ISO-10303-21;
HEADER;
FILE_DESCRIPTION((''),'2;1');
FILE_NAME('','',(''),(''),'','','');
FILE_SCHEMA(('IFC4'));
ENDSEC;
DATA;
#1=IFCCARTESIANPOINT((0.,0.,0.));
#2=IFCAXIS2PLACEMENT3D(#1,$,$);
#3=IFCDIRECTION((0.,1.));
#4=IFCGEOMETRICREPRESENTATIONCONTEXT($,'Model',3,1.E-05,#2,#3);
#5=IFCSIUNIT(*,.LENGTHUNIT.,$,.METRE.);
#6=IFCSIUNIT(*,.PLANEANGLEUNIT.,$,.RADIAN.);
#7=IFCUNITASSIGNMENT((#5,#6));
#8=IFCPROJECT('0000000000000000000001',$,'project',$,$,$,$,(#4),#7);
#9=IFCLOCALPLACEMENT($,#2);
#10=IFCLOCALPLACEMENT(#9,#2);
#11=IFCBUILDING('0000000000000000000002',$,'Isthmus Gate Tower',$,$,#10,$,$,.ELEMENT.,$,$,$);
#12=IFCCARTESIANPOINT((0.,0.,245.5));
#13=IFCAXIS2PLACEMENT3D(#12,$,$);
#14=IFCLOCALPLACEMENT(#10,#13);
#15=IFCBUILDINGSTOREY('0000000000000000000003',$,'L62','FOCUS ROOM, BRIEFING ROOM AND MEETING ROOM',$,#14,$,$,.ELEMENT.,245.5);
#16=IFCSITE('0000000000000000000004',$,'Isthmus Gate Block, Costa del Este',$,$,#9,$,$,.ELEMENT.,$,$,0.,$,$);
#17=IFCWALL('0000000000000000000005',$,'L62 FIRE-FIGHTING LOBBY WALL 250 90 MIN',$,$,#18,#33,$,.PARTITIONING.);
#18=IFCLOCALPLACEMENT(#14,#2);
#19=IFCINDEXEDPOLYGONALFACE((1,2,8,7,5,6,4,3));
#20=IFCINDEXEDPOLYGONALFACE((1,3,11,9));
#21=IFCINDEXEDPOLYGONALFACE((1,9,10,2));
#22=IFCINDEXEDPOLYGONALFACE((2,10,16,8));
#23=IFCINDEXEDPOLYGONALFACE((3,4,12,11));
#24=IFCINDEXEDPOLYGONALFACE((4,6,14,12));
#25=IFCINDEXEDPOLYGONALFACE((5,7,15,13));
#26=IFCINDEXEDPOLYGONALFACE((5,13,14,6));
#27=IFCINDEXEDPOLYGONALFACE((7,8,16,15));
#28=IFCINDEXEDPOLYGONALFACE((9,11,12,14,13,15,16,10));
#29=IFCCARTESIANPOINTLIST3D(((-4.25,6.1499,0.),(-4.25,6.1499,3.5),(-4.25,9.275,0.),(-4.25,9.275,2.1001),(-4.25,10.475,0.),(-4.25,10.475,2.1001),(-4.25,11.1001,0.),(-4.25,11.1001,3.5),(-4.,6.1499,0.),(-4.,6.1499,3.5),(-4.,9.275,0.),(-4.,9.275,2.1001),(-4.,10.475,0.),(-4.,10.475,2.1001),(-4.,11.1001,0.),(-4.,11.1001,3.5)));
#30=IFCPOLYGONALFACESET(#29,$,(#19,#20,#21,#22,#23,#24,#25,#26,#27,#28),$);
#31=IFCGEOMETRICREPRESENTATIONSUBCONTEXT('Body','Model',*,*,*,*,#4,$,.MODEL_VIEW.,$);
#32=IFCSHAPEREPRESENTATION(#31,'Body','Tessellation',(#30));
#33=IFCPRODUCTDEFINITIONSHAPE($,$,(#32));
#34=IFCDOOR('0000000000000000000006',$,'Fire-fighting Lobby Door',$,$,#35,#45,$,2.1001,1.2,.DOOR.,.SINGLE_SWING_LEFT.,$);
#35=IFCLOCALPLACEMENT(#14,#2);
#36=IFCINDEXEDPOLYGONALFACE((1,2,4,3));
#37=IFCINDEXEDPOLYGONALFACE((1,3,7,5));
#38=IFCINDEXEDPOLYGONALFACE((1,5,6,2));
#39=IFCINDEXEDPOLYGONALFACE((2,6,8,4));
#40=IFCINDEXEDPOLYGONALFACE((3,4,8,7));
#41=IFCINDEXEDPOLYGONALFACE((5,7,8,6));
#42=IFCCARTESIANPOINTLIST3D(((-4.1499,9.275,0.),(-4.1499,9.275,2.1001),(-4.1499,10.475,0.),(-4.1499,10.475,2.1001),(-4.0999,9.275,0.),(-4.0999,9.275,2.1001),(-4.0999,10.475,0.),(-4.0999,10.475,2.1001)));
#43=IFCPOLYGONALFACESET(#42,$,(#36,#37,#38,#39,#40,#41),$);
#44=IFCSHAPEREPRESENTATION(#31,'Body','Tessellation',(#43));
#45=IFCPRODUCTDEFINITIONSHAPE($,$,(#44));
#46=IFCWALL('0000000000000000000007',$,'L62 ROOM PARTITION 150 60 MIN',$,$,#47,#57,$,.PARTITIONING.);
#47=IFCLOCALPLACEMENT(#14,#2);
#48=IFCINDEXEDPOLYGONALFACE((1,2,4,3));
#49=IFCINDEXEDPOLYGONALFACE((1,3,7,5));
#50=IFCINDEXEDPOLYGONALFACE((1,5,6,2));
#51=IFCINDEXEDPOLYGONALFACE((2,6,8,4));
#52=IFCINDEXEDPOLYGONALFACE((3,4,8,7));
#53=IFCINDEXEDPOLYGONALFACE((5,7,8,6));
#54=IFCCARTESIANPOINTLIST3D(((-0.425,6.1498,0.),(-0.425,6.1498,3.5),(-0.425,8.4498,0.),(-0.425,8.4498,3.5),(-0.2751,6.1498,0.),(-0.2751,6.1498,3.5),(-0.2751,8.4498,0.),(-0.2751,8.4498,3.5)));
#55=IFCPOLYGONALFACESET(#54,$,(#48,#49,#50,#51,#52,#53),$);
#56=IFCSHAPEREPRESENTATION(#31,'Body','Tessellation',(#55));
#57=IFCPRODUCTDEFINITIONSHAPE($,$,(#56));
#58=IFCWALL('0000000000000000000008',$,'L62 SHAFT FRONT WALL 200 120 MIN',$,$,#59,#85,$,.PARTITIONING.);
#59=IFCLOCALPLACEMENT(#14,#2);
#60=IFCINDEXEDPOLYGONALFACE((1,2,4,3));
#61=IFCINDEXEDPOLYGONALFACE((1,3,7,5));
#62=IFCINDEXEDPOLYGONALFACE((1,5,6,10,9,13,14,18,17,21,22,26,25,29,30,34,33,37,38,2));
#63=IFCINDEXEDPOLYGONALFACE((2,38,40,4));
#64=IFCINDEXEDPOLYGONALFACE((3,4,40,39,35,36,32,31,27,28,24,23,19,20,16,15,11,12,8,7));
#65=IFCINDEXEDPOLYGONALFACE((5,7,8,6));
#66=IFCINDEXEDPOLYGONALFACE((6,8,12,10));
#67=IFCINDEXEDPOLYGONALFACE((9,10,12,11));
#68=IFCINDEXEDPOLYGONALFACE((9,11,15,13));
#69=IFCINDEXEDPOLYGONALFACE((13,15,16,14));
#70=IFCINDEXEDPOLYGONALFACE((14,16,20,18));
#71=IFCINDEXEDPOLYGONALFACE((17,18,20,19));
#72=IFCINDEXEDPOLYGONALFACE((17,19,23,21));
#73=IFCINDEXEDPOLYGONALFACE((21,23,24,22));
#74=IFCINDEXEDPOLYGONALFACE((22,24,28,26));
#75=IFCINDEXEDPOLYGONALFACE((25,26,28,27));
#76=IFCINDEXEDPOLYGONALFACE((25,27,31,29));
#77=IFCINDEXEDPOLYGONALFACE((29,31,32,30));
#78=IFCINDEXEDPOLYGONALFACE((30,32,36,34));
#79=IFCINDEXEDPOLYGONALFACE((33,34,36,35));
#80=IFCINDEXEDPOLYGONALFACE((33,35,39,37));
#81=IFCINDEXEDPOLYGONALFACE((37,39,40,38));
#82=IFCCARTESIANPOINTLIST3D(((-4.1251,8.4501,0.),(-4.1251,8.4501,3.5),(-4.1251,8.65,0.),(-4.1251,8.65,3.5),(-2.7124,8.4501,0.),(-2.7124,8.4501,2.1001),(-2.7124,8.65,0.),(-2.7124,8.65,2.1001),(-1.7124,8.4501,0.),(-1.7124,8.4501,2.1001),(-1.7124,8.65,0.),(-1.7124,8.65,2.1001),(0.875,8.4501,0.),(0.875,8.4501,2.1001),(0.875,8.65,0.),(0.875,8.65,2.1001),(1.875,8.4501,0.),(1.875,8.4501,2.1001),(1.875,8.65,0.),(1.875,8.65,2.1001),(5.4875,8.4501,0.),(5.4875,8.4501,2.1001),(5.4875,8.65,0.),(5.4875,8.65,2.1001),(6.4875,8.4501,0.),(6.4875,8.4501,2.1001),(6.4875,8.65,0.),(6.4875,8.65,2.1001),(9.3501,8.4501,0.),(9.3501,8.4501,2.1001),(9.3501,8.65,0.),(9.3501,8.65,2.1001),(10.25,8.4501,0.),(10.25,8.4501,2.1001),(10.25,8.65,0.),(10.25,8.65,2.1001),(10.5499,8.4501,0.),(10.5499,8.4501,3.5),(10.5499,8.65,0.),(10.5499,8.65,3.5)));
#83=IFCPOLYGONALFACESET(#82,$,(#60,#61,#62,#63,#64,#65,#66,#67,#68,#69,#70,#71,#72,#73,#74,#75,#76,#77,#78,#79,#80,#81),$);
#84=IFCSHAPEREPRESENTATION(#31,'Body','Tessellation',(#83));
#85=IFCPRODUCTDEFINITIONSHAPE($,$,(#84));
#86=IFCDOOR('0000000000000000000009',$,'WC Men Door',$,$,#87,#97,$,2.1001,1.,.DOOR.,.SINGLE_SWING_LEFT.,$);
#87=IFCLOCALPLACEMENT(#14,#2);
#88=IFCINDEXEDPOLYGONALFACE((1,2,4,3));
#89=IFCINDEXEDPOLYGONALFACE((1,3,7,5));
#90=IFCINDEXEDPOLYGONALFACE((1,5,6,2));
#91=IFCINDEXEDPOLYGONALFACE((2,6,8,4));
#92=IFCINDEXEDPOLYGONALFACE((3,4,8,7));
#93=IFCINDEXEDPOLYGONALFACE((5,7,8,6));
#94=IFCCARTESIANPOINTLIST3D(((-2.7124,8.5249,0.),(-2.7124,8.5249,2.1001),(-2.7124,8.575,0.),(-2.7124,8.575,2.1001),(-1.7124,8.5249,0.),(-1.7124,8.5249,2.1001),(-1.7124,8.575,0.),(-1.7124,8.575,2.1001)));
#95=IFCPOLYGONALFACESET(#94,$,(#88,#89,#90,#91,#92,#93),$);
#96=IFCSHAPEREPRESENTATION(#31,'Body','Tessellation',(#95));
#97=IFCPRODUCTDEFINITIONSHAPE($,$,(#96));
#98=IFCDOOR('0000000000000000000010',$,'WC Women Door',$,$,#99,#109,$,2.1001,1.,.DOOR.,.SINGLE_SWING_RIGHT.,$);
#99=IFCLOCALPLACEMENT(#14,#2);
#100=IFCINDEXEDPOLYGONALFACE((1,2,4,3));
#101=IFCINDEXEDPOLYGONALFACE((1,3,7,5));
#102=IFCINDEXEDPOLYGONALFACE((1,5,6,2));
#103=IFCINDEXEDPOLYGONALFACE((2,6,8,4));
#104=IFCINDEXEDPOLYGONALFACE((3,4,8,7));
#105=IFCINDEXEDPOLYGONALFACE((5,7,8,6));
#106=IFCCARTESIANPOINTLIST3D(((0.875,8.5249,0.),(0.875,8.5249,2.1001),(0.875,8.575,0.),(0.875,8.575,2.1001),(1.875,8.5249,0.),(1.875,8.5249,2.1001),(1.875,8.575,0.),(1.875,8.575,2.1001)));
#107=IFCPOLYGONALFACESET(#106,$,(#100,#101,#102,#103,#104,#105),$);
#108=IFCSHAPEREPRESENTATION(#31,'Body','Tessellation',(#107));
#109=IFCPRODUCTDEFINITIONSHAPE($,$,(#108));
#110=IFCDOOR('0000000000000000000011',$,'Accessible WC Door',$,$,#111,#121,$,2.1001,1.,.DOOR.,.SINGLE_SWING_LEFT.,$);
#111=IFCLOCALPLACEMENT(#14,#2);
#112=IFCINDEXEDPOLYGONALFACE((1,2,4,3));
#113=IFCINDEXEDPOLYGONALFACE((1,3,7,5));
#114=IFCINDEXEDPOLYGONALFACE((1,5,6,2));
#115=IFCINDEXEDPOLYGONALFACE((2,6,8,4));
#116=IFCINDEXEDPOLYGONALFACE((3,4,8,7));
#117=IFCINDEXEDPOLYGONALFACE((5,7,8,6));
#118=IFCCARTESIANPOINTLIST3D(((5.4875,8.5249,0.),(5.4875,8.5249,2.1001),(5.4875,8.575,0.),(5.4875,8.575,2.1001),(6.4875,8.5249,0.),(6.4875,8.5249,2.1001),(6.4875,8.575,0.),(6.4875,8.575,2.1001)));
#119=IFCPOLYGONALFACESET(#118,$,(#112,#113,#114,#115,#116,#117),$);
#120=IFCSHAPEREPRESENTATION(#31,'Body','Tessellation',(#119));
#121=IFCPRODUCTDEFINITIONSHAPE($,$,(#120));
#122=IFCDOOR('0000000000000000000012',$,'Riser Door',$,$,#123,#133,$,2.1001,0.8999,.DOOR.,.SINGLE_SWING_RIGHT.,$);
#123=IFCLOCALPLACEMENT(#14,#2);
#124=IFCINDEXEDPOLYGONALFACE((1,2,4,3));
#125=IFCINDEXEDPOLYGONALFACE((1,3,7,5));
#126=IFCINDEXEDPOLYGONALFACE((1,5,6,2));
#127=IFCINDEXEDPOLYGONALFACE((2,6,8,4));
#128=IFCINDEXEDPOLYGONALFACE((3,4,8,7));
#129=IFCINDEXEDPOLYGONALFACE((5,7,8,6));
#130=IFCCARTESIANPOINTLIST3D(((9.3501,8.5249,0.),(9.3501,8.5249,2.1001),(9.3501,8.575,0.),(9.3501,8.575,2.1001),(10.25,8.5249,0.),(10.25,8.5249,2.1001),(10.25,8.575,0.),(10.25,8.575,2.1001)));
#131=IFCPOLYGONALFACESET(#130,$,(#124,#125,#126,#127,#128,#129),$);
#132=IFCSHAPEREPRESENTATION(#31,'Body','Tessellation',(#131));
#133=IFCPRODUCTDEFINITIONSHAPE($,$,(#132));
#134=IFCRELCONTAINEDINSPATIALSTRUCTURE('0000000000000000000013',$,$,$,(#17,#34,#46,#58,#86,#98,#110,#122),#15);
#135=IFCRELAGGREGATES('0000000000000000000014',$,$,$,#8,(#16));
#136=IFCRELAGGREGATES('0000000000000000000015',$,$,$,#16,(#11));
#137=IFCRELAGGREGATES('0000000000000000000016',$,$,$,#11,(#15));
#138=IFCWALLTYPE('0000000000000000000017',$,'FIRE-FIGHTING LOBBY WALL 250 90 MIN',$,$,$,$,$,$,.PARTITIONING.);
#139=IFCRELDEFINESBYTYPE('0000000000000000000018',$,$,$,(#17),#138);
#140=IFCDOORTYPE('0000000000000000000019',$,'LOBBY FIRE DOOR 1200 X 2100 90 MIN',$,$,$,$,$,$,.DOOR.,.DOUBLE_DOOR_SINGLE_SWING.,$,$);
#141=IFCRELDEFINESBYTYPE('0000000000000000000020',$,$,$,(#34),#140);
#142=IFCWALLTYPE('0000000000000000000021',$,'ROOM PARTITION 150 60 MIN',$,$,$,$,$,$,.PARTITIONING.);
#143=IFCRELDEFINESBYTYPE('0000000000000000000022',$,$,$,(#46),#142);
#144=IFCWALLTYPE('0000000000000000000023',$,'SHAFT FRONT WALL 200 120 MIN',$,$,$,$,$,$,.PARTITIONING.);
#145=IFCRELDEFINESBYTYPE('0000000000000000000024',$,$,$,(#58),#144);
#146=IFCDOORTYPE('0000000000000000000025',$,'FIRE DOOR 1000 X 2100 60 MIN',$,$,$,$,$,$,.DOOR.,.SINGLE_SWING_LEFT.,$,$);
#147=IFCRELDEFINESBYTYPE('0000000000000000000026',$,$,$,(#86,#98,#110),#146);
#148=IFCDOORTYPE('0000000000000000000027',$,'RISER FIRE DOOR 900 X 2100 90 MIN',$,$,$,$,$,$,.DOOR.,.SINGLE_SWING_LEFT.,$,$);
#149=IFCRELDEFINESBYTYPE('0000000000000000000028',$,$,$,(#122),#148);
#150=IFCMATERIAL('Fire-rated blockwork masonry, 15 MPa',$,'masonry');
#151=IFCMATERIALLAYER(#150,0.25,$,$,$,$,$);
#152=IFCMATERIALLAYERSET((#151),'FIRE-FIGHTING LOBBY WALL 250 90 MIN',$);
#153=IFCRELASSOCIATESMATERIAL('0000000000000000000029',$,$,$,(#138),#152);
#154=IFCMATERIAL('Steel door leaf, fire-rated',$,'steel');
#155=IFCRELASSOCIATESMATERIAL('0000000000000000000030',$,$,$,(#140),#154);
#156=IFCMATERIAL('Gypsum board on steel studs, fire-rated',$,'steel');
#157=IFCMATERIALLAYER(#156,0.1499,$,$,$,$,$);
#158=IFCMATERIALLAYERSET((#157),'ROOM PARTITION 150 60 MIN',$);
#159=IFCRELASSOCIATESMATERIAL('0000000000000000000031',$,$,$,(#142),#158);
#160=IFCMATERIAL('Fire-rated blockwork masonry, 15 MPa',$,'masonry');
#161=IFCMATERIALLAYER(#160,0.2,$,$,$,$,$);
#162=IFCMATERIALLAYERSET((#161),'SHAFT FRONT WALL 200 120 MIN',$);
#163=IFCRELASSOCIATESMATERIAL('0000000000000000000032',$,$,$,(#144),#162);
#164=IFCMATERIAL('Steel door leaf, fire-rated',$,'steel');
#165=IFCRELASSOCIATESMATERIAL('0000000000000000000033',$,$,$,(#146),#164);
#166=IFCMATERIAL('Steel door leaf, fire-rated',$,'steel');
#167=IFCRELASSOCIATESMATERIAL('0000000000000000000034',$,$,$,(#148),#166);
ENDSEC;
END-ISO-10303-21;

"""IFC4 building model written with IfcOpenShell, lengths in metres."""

from ifc_helpers import new_model, si_unit, direction, frame, frame_2d, origin, place, context, subcontext, project, spatial, rectangle, extrude, material, layer, layer_set, type_object, element, fill, save


model = new_model("IFC4")

# Units and contexts
model_context = context("Model", 3, precision=1e-05, world=origin(), true_north=direction((0.0, 1.0)))
body_context = subcontext(model_context, "Body", "Model", "MODEL_VIEW")
ifc_project = project(units=[si_unit("LENGTHUNIT", "METRE"), si_unit("PLANEANGLEUNIT", "RADIAN")], contexts=[model_context])

# Site, building, storey
site_placement = place(None, origin())
site = spatial("IfcSite", under=ifc_project, at=site_placement, Name="Isthmus Gate Block, Costa del Este", CompositionType="ELEMENT", RefElevation=0.0)
building_placement = place(site_placement, origin())
building = spatial("IfcBuilding", under=site, at=building_placement, Name="Isthmus Gate Tower", CompositionType="ELEMENT")
storey_placement = place(building_placement, frame((0.0, 0.0, 245.5)))
storey = spatial("IfcBuildingStorey", under=building, at=storey_placement, Name="L62", Description="FOCUS ROOM, BRIEFING ROOM AND MEETING ROOM", CompositionType="ELEMENT", Elevation=245.5)

# Wall, opening, door
ifc_material_1 = material(Name="Fire-rated blockwork masonry, 15 MPa", Category="masonry")
ifc_layer_1 = layer(ifc_material_1, 0.25)
ifc_layer_set_1 = layer_set([ifc_layer_1], Name="FIRE-FIGHTING LOBBY WALL 250 90 MIN")
wall_type_1 = type_object("IfcWallType", Name="FIRE-FIGHTING LOBBY WALL 250 90 MIN", PredefinedType="PARTITIONING", material=ifc_layer_set_1)
wall_1_placement = place(storey_placement, frame((-4.125, 6.1499, 0.0), z_axis=(0.0, 0.0, 1.0), x_axis=(0.0, 1.0, 0.0)))
wall_1 = element("IfcWall", 1, at=wall_1_placement, inside=storey, type_object=wall_type_1, Name="L62 FIRE-FIGHTING LOBBY WALL 250 90 MIN", PredefinedType="PARTITIONING", context=body_context, shape_type="SweptSolid", body=[
    extrude(rectangle(XDim=4.9502, YDim=0.25, at=frame_2d((2.4751, 0.0))), origin(), (0.0, 0.0, 1.0), 3.5),
])
opening_1_placement = place(wall_1_placement, frame((3.125, 0.0, 0.0)))
opening_1 = element("IfcOpeningElement", 2, at=opening_1_placement, cuts=wall_1, PredefinedType="OPENING", context=body_context, shape_type="SweptSolid", body=[
    extrude(rectangle(XDim=1.2, YDim=2.1001, at=frame_2d((0.6001, 1.05))), frame((0.0, 0.135, 0.0), z_axis=(0.0, -1.0, 0.0), x_axis=(1.0, 0.0, 0.0)), (0.0, 0.0, 1.0), 0.27),
])
ifc_material_2 = material(Name="Steel door leaf, fire-rated", Category="steel")
door_type_1 = type_object("IfcDoorType", Name="LOBBY FIRE DOOR 1200 X 2100 90 MIN", OperationType="DOUBLE_DOOR_SINGLE_SWING", PredefinedType="DOOR", material=ifc_material_2)
door_1_placement = place(opening_1_placement, origin())
door_1 = element("IfcDoor", 3, at=door_1_placement, inside=storey, type_object=door_type_1, Name="Fire-fighting Lobby Door", OperationType="SINGLE_SWING_LEFT", OverallHeight=2.1001, OverallWidth=1.2, PredefinedType="DOOR", context=body_context, shape_type="SweptSolid", body=[
    extrude(rectangle(XDim=1.2, YDim=2.1001, at=frame_2d((0.6001, 1.05))), frame((0.0, 0.0249, 0.0), z_axis=(0.0, -1.0, 0.0), x_axis=(1.0, 0.0, 0.0)), (0.0, 0.0, 1.0), 0.05),
])
fill(opening_1, door_1)

# Wall
ifc_material_3 = material(Name="Gypsum board on steel studs, fire-rated", Category="steel")
ifc_layer_2 = layer(ifc_material_3, 0.1499)
ifc_layer_set_2 = layer_set([ifc_layer_2], Name="ROOM PARTITION 150 60 MIN")
wall_type_2 = type_object("IfcWallType", Name="ROOM PARTITION 150 60 MIN", PredefinedType="PARTITIONING", material=ifc_layer_set_2)
wall_2_placement = place(storey_placement, frame((-0.3501, 6.1499, 0.0), z_axis=(0.0, 0.0, 1.0), x_axis=(0.0, 1.0, 0.0)))
element("IfcWall", 4, at=wall_2_placement, inside=storey, type_object=wall_type_2, Name="L62 ROOM PARTITION 150 60 MIN", PredefinedType="PARTITIONING", context=body_context, shape_type="SweptSolid", body=[
    extrude(rectangle(XDim=2.3, YDim=0.1499, at=frame_2d((1.1499, 0.0))), origin(), (0.0, 0.0, 1.0), 3.5),
])

# Wall, openings, doors
ifc_material_4 = material(Name="Fire-rated blockwork masonry, 15 MPa", Category="masonry")
ifc_layer_3 = layer(ifc_material_4, 0.2)
ifc_layer_set_3 = layer_set([ifc_layer_3], Name="SHAFT FRONT WALL 200 120 MIN")
wall_type_3 = type_object("IfcWallType", Name="SHAFT FRONT WALL 200 120 MIN", PredefinedType="PARTITIONING", material=ifc_layer_set_3)
wall_3_placement = place(storey_placement, frame((-4.125, 8.55, 0.0), z_axis=(0.0, 0.0, 1.0), x_axis=(1.0, 0.0, 0.0)))
wall_3 = element("IfcWall", 5, at=wall_3_placement, inside=storey, type_object=wall_type_3, Name="L62 SHAFT FRONT WALL 200 120 MIN", PredefinedType="PARTITIONING", context=body_context, shape_type="SweptSolid", body=[
    extrude(rectangle(XDim=14.675, YDim=0.2, at=frame_2d((7.3374, 0.0))), origin(), (0.0, 0.0, 1.0), 3.5),
])
opening_2_placement = place(wall_3_placement, frame((1.4126, 0.0, 0.0)))
opening_2 = element("IfcOpeningElement", 6, at=opening_2_placement, cuts=wall_3, PredefinedType="OPENING", context=body_context, shape_type="SweptSolid", body=[
    extrude(rectangle(XDim=1.0, YDim=2.1001, at=frame_2d((0.5, 1.05))), frame((0.0, 0.1099, 0.0), z_axis=(0.0, -1.0, 0.0), x_axis=(1.0, 0.0, 0.0)), (0.0, 0.0, 1.0), 0.22),
])
opening_3_placement = place(wall_3_placement, frame((5.0, 0.0, 0.0)))
opening_3 = element("IfcOpeningElement", 7, at=opening_3_placement, cuts=wall_3, PredefinedType="OPENING", context=body_context, shape_type="SweptSolid", body=[
    extrude(rectangle(XDim=1.0, YDim=2.1001, at=frame_2d((0.5, 1.05))), frame((0.0, 0.1099, 0.0), z_axis=(0.0, -1.0, 0.0), x_axis=(1.0, 0.0, 0.0)), (0.0, 0.0, 1.0), 0.22),
])
opening_4_placement = place(wall_3_placement, frame((9.6125, 0.0, 0.0)))
opening_4 = element("IfcOpeningElement", 8, at=opening_4_placement, cuts=wall_3, PredefinedType="OPENING", context=body_context, shape_type="SweptSolid", body=[
    extrude(rectangle(XDim=1.0, YDim=2.1001, at=frame_2d((0.5, 1.05))), frame((0.0, 0.1099, 0.0), z_axis=(0.0, -1.0, 0.0), x_axis=(1.0, 0.0, 0.0)), (0.0, 0.0, 1.0), 0.22),
])
opening_5_placement = place(wall_3_placement, frame((13.4751, 0.0, 0.0)))
opening_5 = element("IfcOpeningElement", 9, at=opening_5_placement, cuts=wall_3, PredefinedType="OPENING", context=body_context, shape_type="SweptSolid", body=[
    extrude(rectangle(XDim=0.8999, YDim=2.1001, at=frame_2d((0.45, 1.05))), frame((0.0, 0.1099, 0.0), z_axis=(0.0, -1.0, 0.0), x_axis=(1.0, 0.0, 0.0)), (0.0, 0.0, 1.0), 0.22),
])
ifc_material_5 = material(Name="Steel door leaf, fire-rated", Category="steel")
door_type_2 = type_object("IfcDoorType", Name="FIRE DOOR 1000 X 2100 60 MIN", OperationType="SINGLE_SWING_LEFT", PredefinedType="DOOR", material=ifc_material_5)
door_2_placement = place(opening_2_placement, origin())
door_2 = element("IfcDoor", 10, at=door_2_placement, inside=storey, type_object=door_type_2, Name="WC Men Door", OperationType="SINGLE_SWING_LEFT", OverallHeight=2.1001, OverallWidth=1.0, PredefinedType="DOOR", context=body_context, shape_type="SweptSolid", body=[
    extrude(rectangle(XDim=1.0, YDim=2.1001, at=frame_2d((0.5, 1.05))), frame((0.0, 0.0249, 0.0), z_axis=(0.0, -1.0, 0.0), x_axis=(1.0, 0.0, 0.0)), (0.0, 0.0, 1.0), 0.05),
])
fill(opening_2, door_2)
door_3_placement = place(opening_3_placement, origin())
door_3 = element("IfcDoor", 11, at=door_3_placement, inside=storey, type_object=door_type_2, Name="WC Women Door", OperationType="SINGLE_SWING_RIGHT", OverallHeight=2.1001, OverallWidth=1.0, PredefinedType="DOOR", context=body_context, shape_type="SweptSolid", body=[
    extrude(rectangle(XDim=1.0, YDim=2.1001, at=frame_2d((0.5, 1.05))), frame((0.0, 0.0249, 0.0), z_axis=(0.0, -1.0, 0.0), x_axis=(1.0, 0.0, 0.0)), (0.0, 0.0, 1.0), 0.05),
])
fill(opening_3, door_3)
door_4_placement = place(opening_4_placement, origin())
door_4 = element("IfcDoor", 12, at=door_4_placement, inside=storey, type_object=door_type_2, Name="Accessible WC Door", OperationType="SINGLE_SWING_LEFT", OverallHeight=2.1001, OverallWidth=1.0, PredefinedType="DOOR", context=body_context, shape_type="SweptSolid", body=[
    extrude(rectangle(XDim=1.0, YDim=2.1001, at=frame_2d((0.5, 1.05))), frame((0.0, 0.0249, 0.0), z_axis=(0.0, -1.0, 0.0), x_axis=(1.0, 0.0, 0.0)), (0.0, 0.0, 1.0), 0.05),
])
fill(opening_4, door_4)
ifc_material_6 = material(Name="Steel door leaf, fire-rated", Category="steel")
door_type_3 = type_object("IfcDoorType", Name="RISER FIRE DOOR 900 X 2100 90 MIN", OperationType="SINGLE_SWING_LEFT", PredefinedType="DOOR", material=ifc_material_6)
door_5_placement = place(opening_5_placement, origin())
door_5 = element("IfcDoor", 13, at=door_5_placement, inside=storey, type_object=door_type_3, Name="Riser Door", OperationType="SINGLE_SWING_RIGHT", OverallHeight=2.1001, OverallWidth=0.8999, PredefinedType="DOOR", context=body_context, shape_type="SweptSolid", body=[
    extrude(rectangle(XDim=0.8999, YDim=2.1001, at=frame_2d((0.45, 1.05))), frame((0.0, 0.0249, 0.0), z_axis=(0.0, -1.0, 0.0), x_axis=(1.0, 0.0, 0.0)), (0.0, 0.0, 1.0), 0.05),
])
fill(opening_5, door_5)

save(model, "model.ifc")
